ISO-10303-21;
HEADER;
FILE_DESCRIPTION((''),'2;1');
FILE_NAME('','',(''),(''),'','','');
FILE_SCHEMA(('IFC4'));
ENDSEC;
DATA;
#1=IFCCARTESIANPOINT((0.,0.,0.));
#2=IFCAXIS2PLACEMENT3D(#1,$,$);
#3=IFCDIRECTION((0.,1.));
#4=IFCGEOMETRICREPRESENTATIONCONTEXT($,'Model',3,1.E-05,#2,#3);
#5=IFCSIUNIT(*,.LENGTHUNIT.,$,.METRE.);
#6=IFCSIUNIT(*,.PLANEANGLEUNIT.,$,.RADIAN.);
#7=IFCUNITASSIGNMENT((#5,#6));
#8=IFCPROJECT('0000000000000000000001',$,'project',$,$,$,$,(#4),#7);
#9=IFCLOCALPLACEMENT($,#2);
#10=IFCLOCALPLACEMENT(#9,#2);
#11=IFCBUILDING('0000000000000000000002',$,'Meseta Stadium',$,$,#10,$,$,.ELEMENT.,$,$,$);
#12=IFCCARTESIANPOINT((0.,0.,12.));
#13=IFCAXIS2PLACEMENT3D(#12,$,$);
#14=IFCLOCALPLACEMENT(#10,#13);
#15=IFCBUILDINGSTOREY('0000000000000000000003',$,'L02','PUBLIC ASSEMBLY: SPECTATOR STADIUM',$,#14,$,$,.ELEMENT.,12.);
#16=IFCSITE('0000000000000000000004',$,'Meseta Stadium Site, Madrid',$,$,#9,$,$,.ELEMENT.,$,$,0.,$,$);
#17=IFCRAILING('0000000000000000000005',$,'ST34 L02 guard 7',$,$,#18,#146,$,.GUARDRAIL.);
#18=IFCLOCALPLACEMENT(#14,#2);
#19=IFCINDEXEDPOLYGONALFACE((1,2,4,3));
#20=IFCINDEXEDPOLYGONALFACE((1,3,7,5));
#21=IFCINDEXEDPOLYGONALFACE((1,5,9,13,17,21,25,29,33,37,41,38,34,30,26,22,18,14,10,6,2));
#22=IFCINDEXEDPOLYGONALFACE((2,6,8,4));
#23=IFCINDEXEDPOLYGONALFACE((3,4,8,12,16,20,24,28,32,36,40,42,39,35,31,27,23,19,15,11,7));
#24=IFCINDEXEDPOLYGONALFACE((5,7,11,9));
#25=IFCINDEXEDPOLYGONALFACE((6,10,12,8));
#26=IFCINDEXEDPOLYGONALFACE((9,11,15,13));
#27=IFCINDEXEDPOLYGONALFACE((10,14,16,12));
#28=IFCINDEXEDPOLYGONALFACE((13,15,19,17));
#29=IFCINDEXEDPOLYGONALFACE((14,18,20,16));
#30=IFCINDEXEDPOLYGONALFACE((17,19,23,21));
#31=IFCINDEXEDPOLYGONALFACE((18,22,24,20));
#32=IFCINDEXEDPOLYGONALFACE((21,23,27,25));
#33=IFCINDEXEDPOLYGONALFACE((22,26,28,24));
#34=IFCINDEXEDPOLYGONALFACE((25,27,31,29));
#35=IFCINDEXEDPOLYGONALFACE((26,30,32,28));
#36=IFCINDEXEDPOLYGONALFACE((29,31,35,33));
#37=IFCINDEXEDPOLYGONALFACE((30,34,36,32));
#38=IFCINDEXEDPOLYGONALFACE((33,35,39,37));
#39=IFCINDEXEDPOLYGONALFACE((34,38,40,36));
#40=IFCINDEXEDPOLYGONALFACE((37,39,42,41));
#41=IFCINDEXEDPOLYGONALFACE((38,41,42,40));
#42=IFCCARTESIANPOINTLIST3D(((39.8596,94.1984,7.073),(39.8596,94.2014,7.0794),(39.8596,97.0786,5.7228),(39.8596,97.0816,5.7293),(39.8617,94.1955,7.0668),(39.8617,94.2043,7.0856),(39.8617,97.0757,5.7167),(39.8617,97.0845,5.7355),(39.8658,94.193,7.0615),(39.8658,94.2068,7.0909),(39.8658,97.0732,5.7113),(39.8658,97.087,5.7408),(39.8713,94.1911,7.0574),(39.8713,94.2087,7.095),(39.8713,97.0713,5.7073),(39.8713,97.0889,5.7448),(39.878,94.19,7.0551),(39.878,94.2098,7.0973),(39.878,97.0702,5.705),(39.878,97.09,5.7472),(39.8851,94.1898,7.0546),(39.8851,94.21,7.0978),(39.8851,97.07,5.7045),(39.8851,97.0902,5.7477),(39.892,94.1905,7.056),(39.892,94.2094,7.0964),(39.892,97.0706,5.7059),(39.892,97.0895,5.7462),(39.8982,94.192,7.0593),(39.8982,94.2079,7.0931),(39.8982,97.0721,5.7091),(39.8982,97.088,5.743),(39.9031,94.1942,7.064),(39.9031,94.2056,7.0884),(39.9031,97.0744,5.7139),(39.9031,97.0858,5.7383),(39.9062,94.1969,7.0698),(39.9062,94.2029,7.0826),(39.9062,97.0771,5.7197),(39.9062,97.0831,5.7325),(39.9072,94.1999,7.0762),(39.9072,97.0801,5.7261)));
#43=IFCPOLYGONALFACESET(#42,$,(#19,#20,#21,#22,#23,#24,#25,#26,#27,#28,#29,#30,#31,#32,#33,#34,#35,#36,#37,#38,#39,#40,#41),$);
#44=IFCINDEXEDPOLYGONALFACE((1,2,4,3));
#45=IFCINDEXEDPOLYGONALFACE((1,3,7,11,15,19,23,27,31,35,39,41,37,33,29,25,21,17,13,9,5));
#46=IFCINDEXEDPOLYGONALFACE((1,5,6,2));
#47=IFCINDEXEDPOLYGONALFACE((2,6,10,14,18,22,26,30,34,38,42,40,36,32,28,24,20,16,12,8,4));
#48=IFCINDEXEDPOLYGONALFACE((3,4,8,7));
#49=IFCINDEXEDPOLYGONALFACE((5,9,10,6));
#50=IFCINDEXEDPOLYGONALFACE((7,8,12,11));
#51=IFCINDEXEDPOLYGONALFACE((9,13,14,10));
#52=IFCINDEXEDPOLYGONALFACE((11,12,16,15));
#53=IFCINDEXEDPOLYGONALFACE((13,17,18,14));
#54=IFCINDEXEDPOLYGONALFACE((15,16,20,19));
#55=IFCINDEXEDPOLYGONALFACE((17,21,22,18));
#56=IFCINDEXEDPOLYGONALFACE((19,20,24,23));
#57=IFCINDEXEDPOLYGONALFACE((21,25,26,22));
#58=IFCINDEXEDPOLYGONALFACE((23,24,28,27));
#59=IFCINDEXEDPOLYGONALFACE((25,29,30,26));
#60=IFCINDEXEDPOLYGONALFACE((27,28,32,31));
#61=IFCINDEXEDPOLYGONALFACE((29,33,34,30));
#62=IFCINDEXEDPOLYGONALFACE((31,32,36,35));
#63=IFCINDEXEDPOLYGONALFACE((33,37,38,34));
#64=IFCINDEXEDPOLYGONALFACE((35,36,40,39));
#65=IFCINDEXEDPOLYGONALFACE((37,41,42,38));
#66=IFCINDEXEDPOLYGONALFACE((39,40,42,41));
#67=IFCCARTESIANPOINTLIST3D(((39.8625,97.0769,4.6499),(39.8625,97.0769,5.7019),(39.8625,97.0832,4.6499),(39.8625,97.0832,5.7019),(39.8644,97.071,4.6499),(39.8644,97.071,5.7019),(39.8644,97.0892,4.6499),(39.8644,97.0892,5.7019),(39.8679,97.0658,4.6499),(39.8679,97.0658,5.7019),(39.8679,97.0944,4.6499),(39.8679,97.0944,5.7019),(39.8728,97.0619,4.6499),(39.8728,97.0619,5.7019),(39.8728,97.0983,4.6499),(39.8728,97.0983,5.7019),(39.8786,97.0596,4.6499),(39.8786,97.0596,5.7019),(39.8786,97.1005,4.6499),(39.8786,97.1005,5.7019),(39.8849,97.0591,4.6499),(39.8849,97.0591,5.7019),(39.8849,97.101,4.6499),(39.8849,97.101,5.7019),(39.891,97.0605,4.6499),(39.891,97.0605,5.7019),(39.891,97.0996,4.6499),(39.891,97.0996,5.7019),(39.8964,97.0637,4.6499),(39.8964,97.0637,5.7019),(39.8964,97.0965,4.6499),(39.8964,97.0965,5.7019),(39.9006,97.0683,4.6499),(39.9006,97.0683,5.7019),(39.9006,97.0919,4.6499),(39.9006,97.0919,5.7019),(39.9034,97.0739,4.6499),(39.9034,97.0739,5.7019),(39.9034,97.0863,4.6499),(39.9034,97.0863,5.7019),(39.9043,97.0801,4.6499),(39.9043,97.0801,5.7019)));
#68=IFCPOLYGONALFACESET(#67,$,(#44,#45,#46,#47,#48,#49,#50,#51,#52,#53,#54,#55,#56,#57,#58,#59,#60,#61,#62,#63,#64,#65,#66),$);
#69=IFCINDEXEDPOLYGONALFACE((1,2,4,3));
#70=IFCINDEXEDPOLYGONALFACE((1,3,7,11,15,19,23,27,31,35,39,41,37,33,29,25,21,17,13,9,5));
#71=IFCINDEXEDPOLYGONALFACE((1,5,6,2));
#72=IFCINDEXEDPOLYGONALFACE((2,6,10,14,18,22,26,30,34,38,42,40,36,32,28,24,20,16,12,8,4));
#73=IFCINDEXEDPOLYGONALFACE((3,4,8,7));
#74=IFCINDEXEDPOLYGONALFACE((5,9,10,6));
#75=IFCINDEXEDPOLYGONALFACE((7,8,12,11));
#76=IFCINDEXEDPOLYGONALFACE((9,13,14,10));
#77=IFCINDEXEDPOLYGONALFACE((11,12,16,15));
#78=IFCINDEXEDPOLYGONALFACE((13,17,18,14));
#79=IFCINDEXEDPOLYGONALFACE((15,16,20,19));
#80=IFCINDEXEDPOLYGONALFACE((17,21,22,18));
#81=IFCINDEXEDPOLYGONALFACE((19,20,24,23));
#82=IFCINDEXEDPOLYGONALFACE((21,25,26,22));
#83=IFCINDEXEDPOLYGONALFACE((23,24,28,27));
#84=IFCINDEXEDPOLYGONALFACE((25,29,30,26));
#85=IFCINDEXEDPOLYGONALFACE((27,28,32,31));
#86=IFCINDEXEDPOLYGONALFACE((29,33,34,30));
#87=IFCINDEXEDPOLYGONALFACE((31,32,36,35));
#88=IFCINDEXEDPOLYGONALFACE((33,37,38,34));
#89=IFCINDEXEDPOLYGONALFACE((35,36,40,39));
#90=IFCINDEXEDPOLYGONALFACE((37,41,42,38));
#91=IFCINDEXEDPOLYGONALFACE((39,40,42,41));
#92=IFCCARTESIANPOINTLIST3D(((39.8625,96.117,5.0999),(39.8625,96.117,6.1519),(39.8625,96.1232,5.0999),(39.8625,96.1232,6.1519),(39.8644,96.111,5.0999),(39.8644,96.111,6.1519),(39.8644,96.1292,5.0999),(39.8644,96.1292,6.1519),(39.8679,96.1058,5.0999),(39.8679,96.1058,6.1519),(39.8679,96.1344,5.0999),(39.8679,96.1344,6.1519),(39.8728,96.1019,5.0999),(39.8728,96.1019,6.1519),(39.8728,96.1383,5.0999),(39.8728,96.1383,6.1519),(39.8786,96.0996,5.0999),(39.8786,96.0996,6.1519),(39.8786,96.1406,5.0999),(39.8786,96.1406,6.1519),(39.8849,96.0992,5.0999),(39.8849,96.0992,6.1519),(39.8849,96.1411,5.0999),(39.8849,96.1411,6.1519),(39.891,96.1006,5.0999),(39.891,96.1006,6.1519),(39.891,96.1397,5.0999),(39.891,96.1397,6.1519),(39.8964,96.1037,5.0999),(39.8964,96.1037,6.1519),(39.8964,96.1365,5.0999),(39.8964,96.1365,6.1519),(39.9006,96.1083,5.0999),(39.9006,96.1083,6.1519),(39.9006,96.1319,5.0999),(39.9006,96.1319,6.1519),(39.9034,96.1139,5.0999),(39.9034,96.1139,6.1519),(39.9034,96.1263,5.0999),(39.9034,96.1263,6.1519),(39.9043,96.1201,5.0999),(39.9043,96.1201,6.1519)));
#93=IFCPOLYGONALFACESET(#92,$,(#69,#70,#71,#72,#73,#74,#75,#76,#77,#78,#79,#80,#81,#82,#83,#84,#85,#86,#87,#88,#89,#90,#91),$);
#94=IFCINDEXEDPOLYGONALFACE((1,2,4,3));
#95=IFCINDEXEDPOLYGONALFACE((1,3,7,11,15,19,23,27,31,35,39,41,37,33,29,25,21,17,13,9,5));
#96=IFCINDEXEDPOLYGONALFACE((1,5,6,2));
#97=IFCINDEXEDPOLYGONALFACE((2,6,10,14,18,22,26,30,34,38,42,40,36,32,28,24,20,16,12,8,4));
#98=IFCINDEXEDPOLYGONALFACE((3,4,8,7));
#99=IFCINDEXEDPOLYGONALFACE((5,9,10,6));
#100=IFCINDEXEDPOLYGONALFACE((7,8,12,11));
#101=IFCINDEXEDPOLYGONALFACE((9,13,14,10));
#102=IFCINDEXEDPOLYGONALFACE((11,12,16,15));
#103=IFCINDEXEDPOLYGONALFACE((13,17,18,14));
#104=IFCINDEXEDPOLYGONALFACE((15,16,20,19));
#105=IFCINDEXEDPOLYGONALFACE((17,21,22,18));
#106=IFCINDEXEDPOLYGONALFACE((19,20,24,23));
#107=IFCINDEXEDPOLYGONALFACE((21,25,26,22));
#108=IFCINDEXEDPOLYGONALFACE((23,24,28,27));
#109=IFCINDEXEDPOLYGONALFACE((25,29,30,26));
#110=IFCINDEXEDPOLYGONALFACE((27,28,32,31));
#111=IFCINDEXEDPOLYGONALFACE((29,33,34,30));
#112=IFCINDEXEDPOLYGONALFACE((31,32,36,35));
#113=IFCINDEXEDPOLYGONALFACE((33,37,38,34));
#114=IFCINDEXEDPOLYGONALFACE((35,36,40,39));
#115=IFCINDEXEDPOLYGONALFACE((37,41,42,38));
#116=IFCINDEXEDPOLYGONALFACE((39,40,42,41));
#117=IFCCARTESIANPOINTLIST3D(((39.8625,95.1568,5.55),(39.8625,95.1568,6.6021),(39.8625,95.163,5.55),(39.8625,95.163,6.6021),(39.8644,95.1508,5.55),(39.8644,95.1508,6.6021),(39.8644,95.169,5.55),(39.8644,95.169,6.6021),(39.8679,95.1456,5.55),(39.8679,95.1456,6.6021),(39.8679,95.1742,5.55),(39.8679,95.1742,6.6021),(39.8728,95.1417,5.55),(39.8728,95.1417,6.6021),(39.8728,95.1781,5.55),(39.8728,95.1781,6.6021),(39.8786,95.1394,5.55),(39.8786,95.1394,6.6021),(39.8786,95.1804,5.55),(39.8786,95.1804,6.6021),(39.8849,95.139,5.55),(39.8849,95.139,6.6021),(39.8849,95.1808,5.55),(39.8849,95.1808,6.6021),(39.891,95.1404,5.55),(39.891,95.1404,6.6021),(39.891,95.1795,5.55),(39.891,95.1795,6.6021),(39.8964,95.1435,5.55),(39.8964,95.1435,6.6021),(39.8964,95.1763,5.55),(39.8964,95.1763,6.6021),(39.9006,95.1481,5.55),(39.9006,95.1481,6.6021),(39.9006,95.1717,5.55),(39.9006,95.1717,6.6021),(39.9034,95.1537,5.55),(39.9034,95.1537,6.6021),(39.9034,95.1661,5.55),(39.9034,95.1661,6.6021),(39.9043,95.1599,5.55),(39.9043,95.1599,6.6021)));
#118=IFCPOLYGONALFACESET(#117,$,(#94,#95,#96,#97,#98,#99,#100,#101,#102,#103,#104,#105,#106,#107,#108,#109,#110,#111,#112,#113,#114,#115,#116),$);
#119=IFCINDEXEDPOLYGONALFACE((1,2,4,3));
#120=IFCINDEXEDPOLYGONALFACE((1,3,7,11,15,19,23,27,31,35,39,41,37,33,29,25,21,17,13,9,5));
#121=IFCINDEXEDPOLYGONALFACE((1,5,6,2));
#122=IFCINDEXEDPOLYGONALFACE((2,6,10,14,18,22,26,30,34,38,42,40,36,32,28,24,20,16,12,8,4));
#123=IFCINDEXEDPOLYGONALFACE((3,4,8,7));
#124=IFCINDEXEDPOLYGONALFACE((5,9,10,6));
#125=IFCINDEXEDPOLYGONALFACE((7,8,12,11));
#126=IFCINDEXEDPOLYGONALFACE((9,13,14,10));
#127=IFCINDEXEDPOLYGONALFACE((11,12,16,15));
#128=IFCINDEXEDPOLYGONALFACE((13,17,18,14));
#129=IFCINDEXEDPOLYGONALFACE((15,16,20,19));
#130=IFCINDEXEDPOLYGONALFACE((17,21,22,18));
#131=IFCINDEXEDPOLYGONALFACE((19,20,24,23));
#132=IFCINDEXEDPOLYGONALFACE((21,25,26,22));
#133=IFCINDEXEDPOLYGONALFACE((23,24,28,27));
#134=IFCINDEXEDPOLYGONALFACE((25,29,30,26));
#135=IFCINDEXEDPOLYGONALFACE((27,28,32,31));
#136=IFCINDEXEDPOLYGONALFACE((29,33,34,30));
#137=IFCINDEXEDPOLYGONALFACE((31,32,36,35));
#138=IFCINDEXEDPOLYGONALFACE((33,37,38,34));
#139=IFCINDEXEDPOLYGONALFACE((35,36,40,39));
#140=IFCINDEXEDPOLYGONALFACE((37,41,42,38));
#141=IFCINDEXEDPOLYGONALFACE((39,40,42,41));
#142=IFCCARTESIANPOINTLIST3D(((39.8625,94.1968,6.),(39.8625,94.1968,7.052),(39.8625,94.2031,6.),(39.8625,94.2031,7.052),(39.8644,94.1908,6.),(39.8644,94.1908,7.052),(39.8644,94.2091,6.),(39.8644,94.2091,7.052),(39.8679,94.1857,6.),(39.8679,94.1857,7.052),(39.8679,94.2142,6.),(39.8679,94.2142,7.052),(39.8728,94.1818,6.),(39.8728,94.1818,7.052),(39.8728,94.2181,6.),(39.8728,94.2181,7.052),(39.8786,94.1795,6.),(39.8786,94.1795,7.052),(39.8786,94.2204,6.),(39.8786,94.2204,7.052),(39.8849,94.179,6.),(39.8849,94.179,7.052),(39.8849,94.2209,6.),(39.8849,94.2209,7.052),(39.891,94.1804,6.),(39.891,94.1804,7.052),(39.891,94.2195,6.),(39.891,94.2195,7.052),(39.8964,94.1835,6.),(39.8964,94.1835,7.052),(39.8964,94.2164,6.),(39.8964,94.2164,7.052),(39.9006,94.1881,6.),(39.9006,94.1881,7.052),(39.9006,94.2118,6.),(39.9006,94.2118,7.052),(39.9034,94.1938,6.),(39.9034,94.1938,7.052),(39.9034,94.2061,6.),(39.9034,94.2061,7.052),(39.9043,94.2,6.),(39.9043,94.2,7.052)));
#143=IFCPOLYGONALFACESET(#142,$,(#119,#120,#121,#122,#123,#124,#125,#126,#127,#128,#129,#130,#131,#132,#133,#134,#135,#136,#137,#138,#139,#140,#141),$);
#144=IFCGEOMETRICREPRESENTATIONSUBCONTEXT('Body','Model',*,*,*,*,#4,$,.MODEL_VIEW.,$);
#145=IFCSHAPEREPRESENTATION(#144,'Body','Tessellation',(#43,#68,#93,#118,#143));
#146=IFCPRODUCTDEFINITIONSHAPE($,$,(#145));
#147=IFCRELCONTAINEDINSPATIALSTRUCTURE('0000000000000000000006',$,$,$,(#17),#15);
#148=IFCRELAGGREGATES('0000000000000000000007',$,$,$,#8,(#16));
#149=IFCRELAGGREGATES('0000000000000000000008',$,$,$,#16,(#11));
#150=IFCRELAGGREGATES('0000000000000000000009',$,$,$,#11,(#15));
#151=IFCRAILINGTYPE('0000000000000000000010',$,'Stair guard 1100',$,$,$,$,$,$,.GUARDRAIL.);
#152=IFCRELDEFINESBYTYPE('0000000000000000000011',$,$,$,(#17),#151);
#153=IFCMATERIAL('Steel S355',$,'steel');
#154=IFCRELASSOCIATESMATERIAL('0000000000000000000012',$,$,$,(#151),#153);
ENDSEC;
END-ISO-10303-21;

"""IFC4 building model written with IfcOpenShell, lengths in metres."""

from ifc_helpers import new_model, si_unit, direction, frame, origin, origin_2d, place, context, subcontext, project, spatial, circle, extrude, material, type_object, element, save


model = new_model("IFC4")

# Units and contexts
model_context = context("Model", 3, precision=1e-05, world=origin(), true_north=direction((0.0, 1.0)))
body_context = subcontext(model_context, "Body", "Model", "MODEL_VIEW")
ifc_project = project(units=[si_unit("LENGTHUNIT", "METRE"), si_unit("PLANEANGLEUNIT", "RADIAN")], contexts=[model_context])

# Site, building, storey
site_placement = place(None, origin())
site = spatial("IfcSite", under=ifc_project, at=site_placement, Name="Meseta Stadium Site, Madrid", CompositionType="ELEMENT", RefElevation=0.0)
building_placement = place(site_placement, origin())
building = spatial("IfcBuilding", under=site, at=building_placement, Name="Meseta Stadium", CompositionType="ELEMENT")
storey_placement = place(building_placement, frame((0.0, 0.0, 12.0)))
storey = spatial("IfcBuildingStorey", under=building, at=storey_placement, Name="L02", Description="PUBLIC ASSEMBLY: SPECTATOR STADIUM", CompositionType="ELEMENT", Elevation=12.0)

# Railing
ifc_material_1 = material(Name="Steel S355", Category="steel")
railing_type_1 = type_object("IfcRailingType", Name="Stair guard 1100", PredefinedType="GUARDRAIL", material=ifc_material_1)
railing_1_placement = place(storey_placement, frame((39.8833, 97.0801, 4.6499)))
element("IfcRailing", 1, at=railing_1_placement, inside=storey, type_object=railing_type_1, Name="ST34 L02 guard 7", PredefinedType="GUARDRAIL", context=body_context, shape_type="SweptSolid", body=[
    extrude(circle(Radius=0.0239, at=origin_2d()), frame((0.0, 0.0, 1.0762), z_axis=(0.0, -0.905454, 0.424444), x_axis=(1.0, 0.0, 0.0)), (0.0, 0.0, 1.0), 3.1809),
    extrude(circle(Radius=0.021, at=origin_2d()), origin(), (0.0, 0.0, 1.0), 1.052),
    extrude(circle(Radius=0.021, at=origin_2d()), frame((0.0, -0.96, 0.45)), (0.0, 0.0, 1.0), 1.052),
    extrude(circle(Radius=0.021, at=origin_2d()), frame((0.0, -1.9202, 0.9001)), (0.0, 0.0, 1.0), 1.052),
    extrude(circle(Radius=0.021, at=origin_2d()), frame((0.0, -2.8801, 1.3501)), (0.0, 0.0, 1.0), 1.052),
])

save(model, "model.ifc")
